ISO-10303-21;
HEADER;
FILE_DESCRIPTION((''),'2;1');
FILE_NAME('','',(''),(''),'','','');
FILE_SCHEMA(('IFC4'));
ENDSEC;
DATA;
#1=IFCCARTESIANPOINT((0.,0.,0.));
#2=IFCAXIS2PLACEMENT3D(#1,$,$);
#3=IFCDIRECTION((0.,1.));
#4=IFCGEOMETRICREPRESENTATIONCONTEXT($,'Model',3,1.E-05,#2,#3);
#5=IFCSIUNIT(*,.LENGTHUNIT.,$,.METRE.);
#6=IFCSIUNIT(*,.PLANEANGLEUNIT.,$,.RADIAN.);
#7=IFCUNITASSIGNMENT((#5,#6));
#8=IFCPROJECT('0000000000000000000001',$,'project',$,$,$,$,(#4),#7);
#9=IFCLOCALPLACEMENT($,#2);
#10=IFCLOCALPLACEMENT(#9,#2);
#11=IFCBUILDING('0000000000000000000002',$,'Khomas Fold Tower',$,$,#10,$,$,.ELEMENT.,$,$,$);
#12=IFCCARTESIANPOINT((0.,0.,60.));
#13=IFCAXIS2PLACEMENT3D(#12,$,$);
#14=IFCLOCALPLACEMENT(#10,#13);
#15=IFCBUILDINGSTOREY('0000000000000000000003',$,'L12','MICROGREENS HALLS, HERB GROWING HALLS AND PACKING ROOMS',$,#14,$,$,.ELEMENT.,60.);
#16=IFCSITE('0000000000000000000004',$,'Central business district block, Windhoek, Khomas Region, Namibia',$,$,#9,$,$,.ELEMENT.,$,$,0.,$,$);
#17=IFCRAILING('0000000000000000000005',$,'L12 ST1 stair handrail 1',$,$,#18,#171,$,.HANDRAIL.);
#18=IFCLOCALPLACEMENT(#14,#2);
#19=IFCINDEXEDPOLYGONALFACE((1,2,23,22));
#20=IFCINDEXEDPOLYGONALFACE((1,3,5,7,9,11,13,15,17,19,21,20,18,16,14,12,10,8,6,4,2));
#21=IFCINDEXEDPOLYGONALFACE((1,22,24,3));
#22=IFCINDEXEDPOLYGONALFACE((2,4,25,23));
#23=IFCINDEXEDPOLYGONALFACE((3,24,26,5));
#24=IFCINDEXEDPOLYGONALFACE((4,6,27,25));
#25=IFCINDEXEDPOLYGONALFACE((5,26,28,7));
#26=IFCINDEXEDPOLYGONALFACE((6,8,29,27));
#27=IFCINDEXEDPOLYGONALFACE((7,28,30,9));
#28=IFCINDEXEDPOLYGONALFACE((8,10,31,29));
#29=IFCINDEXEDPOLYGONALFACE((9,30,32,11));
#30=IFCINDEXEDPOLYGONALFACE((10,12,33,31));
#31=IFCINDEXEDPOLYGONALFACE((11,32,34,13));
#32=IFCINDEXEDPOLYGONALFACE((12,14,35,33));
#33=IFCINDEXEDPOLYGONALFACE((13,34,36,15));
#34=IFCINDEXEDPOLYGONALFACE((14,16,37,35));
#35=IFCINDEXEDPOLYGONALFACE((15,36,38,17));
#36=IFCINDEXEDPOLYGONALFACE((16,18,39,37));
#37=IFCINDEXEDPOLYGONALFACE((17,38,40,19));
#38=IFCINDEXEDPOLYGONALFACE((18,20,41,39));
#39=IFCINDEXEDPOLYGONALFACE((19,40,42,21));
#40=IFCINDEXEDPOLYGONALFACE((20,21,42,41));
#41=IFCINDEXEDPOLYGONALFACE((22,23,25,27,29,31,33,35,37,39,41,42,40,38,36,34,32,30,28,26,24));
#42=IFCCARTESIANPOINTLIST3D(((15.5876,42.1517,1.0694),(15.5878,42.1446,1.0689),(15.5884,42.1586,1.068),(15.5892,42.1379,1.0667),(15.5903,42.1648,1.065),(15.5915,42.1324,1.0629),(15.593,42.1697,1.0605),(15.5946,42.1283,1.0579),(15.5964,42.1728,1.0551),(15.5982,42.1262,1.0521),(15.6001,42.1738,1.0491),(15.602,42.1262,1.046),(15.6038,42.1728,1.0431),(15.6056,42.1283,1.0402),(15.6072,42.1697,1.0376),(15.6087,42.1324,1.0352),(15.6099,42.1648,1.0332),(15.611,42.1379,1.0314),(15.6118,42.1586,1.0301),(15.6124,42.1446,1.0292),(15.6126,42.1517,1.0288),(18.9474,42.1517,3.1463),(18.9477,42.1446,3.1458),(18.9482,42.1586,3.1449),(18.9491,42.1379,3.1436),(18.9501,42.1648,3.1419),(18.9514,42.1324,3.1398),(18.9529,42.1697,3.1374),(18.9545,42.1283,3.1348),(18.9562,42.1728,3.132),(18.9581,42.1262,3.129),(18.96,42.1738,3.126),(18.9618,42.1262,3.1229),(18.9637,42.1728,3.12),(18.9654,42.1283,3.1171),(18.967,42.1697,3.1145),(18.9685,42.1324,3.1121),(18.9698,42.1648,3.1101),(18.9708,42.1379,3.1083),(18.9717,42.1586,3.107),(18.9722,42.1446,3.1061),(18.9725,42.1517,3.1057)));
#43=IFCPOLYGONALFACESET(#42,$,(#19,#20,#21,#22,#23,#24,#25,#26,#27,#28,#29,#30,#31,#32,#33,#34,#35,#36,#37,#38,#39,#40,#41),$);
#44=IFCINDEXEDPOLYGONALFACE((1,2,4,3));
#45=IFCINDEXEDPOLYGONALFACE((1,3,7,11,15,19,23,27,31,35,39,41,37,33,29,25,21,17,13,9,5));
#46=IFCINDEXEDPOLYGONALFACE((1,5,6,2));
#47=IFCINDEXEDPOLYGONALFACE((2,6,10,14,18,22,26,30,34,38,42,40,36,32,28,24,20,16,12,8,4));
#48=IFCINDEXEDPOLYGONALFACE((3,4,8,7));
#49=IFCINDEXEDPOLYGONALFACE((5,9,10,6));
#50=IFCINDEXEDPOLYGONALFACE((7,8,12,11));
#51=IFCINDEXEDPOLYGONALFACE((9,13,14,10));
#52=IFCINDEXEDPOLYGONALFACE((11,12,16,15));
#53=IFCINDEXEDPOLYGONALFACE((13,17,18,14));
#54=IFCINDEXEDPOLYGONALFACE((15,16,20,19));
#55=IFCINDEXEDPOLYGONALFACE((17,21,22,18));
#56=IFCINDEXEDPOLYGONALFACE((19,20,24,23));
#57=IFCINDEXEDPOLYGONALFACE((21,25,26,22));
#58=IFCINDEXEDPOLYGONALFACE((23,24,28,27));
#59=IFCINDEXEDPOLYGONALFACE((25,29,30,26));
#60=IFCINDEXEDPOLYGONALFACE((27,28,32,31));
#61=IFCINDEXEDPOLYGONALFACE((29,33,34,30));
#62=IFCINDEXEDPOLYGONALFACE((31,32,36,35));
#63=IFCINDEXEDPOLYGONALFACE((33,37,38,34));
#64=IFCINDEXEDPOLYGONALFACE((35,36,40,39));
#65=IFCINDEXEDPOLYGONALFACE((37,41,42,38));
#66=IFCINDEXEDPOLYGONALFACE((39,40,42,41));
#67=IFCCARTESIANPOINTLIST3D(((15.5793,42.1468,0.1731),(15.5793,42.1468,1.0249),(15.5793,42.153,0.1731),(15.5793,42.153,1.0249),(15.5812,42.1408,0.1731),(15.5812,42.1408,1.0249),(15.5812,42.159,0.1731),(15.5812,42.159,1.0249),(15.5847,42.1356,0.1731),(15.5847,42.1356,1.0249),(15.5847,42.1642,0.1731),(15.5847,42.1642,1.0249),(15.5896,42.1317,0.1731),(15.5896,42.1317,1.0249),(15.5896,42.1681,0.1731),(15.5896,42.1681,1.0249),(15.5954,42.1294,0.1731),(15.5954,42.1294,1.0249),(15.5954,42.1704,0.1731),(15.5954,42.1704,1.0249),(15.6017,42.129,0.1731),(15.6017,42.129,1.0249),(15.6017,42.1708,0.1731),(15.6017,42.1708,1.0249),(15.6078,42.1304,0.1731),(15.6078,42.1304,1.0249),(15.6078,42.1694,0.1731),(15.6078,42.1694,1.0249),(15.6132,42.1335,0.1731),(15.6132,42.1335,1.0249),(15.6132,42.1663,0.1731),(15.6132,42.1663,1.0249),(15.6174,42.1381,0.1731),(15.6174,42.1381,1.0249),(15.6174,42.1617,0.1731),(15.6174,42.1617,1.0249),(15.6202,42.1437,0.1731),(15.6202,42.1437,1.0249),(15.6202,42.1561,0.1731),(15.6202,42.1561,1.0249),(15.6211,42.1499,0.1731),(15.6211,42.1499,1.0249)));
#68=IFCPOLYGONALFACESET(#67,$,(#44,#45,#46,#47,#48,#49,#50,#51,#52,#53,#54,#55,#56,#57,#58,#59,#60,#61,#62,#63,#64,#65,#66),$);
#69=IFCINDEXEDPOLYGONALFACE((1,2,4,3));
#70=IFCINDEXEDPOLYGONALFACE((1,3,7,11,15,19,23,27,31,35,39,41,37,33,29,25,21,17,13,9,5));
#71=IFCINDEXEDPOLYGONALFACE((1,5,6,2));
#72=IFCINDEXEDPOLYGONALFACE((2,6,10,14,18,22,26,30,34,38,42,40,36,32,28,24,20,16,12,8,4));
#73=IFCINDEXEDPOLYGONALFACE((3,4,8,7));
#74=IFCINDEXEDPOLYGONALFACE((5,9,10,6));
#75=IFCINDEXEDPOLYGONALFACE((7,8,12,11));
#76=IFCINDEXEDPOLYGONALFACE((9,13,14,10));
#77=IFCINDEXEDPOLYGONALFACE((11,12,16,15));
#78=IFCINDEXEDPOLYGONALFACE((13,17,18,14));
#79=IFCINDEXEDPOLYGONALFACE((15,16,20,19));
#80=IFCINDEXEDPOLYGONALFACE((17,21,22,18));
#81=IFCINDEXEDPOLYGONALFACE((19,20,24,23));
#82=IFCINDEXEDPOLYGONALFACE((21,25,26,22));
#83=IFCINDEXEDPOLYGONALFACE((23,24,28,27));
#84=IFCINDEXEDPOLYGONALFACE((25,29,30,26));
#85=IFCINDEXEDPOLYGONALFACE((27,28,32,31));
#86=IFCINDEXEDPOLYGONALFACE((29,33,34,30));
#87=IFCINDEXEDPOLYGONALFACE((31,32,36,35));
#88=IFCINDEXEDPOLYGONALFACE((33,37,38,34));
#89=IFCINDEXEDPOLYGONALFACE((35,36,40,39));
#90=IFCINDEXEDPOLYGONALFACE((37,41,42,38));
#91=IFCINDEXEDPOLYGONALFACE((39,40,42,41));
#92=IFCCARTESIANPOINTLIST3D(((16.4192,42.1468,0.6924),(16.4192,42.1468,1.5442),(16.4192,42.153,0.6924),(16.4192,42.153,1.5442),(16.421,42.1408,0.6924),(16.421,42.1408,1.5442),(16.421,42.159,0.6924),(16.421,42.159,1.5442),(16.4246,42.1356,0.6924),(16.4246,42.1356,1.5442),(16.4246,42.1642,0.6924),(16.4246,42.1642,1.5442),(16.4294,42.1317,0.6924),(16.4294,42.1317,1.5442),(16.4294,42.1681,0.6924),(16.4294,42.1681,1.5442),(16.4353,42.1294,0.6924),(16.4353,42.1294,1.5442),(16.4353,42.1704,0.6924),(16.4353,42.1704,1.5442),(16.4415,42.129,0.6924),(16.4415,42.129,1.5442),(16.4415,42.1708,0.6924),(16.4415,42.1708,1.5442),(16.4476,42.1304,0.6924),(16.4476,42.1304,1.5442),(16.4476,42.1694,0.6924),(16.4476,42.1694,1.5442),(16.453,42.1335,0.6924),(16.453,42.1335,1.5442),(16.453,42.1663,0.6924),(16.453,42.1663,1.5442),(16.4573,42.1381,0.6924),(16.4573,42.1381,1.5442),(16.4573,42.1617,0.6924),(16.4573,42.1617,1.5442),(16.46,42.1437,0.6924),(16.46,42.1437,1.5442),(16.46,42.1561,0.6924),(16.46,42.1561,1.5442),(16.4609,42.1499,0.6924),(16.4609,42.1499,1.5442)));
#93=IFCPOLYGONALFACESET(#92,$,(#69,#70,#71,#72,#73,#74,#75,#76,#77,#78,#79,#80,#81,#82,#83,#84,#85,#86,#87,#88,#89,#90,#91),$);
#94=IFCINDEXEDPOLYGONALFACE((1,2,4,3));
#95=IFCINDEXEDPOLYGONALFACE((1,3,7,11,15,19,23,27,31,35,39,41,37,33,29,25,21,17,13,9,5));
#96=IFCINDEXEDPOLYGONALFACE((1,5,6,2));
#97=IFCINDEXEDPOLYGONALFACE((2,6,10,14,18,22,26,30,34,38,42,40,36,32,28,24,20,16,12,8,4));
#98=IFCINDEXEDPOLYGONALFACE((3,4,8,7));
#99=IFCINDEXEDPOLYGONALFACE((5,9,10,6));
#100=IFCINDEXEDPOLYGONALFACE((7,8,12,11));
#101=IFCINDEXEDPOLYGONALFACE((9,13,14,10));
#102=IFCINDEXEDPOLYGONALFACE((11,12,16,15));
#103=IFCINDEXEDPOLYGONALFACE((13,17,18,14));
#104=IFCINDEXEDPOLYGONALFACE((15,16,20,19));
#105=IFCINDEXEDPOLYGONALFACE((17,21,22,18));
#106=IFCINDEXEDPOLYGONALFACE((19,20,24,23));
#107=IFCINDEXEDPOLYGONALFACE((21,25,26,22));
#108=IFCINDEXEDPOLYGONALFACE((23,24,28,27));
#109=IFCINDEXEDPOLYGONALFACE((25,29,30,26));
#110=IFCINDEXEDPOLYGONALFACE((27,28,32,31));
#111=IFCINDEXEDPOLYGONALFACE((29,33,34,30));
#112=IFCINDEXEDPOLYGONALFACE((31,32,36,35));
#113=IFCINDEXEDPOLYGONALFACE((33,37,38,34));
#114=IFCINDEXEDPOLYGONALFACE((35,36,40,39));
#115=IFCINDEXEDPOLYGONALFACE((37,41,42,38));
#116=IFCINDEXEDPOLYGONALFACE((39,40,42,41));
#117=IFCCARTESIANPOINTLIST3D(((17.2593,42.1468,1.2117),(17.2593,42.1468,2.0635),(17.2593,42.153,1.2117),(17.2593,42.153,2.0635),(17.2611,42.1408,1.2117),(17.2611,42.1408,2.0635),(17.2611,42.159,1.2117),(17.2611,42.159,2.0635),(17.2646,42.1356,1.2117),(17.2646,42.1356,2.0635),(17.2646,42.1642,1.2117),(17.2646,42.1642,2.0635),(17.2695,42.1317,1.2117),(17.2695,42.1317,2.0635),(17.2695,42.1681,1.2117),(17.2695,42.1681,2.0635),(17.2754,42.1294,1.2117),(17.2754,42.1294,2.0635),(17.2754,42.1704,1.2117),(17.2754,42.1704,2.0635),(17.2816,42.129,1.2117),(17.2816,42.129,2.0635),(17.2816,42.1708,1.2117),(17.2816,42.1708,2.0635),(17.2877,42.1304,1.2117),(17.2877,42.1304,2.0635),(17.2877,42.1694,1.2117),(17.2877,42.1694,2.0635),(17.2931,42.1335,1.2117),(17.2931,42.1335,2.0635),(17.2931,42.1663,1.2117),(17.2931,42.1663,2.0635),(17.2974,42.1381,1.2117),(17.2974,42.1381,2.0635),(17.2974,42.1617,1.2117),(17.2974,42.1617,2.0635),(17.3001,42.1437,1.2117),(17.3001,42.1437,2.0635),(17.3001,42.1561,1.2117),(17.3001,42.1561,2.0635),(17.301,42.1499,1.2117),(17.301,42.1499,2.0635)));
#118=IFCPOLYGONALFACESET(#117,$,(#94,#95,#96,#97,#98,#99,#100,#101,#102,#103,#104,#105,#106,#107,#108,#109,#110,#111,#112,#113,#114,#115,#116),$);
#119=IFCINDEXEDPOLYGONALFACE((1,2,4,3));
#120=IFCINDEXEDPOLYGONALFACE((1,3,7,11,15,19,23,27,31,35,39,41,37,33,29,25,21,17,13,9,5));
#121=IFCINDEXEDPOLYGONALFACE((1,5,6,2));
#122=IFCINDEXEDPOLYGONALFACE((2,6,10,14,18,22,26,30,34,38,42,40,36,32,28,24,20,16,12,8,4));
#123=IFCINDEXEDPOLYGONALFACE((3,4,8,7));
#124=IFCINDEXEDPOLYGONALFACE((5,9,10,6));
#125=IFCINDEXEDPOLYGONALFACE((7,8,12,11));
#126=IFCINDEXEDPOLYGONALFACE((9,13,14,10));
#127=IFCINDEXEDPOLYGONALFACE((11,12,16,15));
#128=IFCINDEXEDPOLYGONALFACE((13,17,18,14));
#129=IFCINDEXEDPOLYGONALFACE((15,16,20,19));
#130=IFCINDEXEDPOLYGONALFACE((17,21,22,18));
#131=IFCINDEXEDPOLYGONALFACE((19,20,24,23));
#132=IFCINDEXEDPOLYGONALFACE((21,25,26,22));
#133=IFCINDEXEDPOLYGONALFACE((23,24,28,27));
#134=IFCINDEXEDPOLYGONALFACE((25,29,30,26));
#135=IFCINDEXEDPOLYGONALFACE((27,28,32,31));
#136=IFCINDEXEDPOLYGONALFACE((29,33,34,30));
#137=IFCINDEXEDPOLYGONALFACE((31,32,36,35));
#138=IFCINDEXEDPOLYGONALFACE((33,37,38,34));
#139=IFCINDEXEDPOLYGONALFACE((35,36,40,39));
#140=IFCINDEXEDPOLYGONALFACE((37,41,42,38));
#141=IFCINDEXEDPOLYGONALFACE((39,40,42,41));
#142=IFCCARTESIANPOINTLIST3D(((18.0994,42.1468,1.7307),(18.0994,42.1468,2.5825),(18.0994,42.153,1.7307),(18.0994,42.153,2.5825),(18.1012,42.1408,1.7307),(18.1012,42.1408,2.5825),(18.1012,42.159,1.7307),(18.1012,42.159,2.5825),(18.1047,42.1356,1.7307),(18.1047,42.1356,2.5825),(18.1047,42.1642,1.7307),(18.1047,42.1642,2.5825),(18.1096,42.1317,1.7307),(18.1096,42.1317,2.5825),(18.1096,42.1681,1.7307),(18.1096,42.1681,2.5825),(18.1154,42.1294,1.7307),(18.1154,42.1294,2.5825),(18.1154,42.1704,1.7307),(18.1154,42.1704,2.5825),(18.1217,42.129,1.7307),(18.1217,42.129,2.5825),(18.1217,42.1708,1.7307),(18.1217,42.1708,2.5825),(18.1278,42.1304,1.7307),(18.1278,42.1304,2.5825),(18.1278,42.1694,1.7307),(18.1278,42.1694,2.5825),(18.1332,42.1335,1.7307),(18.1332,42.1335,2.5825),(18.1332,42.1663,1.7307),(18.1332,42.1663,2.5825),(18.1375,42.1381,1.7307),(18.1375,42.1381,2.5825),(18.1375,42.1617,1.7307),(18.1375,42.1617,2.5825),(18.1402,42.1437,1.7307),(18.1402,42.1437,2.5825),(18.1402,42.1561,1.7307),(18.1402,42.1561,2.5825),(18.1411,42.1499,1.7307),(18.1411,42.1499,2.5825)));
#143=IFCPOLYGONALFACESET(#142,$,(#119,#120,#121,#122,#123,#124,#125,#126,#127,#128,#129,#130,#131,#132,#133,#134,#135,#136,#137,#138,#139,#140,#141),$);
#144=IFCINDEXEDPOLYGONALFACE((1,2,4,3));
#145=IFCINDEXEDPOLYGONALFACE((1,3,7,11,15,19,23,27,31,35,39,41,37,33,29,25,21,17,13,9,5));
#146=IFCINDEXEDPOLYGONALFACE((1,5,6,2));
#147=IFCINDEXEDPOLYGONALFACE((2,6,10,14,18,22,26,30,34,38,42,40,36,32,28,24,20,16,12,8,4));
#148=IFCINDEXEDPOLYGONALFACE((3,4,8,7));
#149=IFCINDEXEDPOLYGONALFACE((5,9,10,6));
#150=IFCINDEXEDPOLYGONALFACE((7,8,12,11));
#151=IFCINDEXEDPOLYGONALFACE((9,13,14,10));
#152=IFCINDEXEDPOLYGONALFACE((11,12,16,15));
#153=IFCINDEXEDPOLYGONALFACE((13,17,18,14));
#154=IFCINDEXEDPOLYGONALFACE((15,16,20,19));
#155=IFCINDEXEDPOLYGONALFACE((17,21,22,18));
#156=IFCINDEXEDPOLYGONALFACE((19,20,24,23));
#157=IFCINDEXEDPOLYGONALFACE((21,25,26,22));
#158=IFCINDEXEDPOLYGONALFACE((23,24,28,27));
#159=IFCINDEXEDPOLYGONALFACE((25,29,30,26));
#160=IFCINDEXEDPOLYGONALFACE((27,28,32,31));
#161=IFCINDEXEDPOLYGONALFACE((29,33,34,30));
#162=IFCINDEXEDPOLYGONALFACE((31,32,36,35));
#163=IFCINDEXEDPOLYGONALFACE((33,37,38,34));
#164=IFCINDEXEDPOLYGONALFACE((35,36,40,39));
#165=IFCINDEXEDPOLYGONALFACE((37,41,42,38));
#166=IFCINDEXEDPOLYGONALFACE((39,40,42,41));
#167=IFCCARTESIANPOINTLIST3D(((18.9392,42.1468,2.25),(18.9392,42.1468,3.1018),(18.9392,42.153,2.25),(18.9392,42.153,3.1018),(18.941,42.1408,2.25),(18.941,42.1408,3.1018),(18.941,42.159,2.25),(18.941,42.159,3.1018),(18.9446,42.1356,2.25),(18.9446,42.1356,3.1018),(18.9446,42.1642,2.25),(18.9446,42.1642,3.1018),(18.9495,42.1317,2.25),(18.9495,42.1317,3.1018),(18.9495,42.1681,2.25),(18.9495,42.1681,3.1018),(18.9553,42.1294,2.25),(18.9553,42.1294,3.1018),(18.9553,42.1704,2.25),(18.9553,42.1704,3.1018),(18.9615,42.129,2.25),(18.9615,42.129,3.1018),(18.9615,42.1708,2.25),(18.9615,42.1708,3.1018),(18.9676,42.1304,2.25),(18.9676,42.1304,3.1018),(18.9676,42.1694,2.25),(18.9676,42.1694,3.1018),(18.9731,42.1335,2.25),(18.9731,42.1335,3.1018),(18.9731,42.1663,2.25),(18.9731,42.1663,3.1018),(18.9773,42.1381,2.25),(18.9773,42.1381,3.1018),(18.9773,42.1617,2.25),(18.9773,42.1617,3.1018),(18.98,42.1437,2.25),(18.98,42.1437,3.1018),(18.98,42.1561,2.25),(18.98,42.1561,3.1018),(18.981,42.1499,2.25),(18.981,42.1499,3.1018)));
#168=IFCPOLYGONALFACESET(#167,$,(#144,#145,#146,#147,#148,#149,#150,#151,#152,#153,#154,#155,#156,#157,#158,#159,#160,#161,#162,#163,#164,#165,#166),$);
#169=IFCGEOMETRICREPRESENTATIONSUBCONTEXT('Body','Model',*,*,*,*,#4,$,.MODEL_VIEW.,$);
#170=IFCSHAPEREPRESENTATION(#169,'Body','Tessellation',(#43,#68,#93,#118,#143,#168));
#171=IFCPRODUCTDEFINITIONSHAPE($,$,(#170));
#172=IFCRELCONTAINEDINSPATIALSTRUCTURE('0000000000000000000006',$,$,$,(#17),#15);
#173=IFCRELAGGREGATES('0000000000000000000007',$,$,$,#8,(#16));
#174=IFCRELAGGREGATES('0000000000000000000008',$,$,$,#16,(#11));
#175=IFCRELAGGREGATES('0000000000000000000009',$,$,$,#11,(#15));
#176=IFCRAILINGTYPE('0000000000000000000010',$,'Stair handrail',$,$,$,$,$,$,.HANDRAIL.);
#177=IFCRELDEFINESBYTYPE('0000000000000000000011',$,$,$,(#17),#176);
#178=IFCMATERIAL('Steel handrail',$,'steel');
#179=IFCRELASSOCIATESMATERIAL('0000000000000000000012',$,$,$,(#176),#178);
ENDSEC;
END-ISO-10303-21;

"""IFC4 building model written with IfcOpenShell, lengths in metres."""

from ifc_helpers import new_model, si_unit, direction, frame, origin, origin_2d, place, context, subcontext, project, spatial, circle, extrude, source, transform, mapped, material, type_object, element, save


model = new_model("IFC4")

# Units and contexts
model_context = context("Model", 3, precision=1e-05, world=origin(), true_north=direction((0.0, 1.0)))
body_context = subcontext(model_context, "Body", "Model", "MODEL_VIEW")
ifc_project = project(units=[si_unit("LENGTHUNIT", "METRE"), si_unit("PLANEANGLEUNIT", "RADIAN")], contexts=[model_context])

# Site, building, storey
site_placement = place(None, origin())
site = spatial("IfcSite", under=ifc_project, at=site_placement, Name="Central business district block, Windhoek, Khomas Region, Namibia", CompositionType="ELEMENT", RefElevation=0.0)
building_placement = place(site_placement, origin())
building = spatial("IfcBuilding", under=site, at=building_placement, Name="Khomas Fold Tower", CompositionType="ELEMENT")
storey_placement = place(building_placement, frame((0.0, 0.0, 60.0)))
storey = spatial("IfcBuildingStorey", under=building, at=storey_placement, Name="L12", Description="MICROGREENS HALLS, HERB GROWING HALLS AND PACKING ROOMS", CompositionType="ELEMENT", Elevation=60.0)

# Railing
ifc_material_1 = material(Name="Steel handrail", Category="steel")
railing_type_1 = type_object("IfcRailingType", Name="Stair handrail", PredefinedType="HANDRAIL", material=ifc_material_1)
shared_shape_1 = source(origin(), body_context, "Body", "SweptSolid", [
    extrude(circle(Radius=0.0239, at=origin_2d()), frame((0.0, 0.0, 0.876), z_axis=(0.850606, 0.0, 0.525803), x_axis=(0.0, 1.0, 0.0)), (0.0, 0.0, 1.0), 3.95),
    extrude(circle(Radius=0.021, at=origin_2d()), origin(), (0.0, 0.0, 1.0), 0.8518),
    extrude(circle(Radius=0.021, at=origin_2d()), frame((0.8398, 0.0, 0.5193)), (0.0, 0.0, 1.0), 0.8518),
    extrude(circle(Radius=0.021, at=origin_2d()), frame((1.6799, 0.0, 1.0386)), (0.0, 0.0, 1.0), 0.8518),
    extrude(circle(Radius=0.021, at=origin_2d()), frame((2.52, 0.0, 1.5576)), (0.0, 0.0, 1.0), 0.8518),
    extrude(circle(Radius=0.021, at=origin_2d()), frame((3.3599, 0.0, 2.0769)), (0.0, 0.0, 1.0), 0.8518),
])
railing_1_placement = place(storey_placement, frame((15.6001, 42.1499, 0.1731)))
element("IfcRailing", 1, at=railing_1_placement, inside=storey, type_object=railing_type_1, Name="L12 ST1 stair handrail 1", PredefinedType="HANDRAIL", context=body_context, shape_type="MappedRepresentation", body=[
    mapped(shared_shape_1, transform((0.0, 0.0, 0.0))),
])

save(model, "model.ifc")
